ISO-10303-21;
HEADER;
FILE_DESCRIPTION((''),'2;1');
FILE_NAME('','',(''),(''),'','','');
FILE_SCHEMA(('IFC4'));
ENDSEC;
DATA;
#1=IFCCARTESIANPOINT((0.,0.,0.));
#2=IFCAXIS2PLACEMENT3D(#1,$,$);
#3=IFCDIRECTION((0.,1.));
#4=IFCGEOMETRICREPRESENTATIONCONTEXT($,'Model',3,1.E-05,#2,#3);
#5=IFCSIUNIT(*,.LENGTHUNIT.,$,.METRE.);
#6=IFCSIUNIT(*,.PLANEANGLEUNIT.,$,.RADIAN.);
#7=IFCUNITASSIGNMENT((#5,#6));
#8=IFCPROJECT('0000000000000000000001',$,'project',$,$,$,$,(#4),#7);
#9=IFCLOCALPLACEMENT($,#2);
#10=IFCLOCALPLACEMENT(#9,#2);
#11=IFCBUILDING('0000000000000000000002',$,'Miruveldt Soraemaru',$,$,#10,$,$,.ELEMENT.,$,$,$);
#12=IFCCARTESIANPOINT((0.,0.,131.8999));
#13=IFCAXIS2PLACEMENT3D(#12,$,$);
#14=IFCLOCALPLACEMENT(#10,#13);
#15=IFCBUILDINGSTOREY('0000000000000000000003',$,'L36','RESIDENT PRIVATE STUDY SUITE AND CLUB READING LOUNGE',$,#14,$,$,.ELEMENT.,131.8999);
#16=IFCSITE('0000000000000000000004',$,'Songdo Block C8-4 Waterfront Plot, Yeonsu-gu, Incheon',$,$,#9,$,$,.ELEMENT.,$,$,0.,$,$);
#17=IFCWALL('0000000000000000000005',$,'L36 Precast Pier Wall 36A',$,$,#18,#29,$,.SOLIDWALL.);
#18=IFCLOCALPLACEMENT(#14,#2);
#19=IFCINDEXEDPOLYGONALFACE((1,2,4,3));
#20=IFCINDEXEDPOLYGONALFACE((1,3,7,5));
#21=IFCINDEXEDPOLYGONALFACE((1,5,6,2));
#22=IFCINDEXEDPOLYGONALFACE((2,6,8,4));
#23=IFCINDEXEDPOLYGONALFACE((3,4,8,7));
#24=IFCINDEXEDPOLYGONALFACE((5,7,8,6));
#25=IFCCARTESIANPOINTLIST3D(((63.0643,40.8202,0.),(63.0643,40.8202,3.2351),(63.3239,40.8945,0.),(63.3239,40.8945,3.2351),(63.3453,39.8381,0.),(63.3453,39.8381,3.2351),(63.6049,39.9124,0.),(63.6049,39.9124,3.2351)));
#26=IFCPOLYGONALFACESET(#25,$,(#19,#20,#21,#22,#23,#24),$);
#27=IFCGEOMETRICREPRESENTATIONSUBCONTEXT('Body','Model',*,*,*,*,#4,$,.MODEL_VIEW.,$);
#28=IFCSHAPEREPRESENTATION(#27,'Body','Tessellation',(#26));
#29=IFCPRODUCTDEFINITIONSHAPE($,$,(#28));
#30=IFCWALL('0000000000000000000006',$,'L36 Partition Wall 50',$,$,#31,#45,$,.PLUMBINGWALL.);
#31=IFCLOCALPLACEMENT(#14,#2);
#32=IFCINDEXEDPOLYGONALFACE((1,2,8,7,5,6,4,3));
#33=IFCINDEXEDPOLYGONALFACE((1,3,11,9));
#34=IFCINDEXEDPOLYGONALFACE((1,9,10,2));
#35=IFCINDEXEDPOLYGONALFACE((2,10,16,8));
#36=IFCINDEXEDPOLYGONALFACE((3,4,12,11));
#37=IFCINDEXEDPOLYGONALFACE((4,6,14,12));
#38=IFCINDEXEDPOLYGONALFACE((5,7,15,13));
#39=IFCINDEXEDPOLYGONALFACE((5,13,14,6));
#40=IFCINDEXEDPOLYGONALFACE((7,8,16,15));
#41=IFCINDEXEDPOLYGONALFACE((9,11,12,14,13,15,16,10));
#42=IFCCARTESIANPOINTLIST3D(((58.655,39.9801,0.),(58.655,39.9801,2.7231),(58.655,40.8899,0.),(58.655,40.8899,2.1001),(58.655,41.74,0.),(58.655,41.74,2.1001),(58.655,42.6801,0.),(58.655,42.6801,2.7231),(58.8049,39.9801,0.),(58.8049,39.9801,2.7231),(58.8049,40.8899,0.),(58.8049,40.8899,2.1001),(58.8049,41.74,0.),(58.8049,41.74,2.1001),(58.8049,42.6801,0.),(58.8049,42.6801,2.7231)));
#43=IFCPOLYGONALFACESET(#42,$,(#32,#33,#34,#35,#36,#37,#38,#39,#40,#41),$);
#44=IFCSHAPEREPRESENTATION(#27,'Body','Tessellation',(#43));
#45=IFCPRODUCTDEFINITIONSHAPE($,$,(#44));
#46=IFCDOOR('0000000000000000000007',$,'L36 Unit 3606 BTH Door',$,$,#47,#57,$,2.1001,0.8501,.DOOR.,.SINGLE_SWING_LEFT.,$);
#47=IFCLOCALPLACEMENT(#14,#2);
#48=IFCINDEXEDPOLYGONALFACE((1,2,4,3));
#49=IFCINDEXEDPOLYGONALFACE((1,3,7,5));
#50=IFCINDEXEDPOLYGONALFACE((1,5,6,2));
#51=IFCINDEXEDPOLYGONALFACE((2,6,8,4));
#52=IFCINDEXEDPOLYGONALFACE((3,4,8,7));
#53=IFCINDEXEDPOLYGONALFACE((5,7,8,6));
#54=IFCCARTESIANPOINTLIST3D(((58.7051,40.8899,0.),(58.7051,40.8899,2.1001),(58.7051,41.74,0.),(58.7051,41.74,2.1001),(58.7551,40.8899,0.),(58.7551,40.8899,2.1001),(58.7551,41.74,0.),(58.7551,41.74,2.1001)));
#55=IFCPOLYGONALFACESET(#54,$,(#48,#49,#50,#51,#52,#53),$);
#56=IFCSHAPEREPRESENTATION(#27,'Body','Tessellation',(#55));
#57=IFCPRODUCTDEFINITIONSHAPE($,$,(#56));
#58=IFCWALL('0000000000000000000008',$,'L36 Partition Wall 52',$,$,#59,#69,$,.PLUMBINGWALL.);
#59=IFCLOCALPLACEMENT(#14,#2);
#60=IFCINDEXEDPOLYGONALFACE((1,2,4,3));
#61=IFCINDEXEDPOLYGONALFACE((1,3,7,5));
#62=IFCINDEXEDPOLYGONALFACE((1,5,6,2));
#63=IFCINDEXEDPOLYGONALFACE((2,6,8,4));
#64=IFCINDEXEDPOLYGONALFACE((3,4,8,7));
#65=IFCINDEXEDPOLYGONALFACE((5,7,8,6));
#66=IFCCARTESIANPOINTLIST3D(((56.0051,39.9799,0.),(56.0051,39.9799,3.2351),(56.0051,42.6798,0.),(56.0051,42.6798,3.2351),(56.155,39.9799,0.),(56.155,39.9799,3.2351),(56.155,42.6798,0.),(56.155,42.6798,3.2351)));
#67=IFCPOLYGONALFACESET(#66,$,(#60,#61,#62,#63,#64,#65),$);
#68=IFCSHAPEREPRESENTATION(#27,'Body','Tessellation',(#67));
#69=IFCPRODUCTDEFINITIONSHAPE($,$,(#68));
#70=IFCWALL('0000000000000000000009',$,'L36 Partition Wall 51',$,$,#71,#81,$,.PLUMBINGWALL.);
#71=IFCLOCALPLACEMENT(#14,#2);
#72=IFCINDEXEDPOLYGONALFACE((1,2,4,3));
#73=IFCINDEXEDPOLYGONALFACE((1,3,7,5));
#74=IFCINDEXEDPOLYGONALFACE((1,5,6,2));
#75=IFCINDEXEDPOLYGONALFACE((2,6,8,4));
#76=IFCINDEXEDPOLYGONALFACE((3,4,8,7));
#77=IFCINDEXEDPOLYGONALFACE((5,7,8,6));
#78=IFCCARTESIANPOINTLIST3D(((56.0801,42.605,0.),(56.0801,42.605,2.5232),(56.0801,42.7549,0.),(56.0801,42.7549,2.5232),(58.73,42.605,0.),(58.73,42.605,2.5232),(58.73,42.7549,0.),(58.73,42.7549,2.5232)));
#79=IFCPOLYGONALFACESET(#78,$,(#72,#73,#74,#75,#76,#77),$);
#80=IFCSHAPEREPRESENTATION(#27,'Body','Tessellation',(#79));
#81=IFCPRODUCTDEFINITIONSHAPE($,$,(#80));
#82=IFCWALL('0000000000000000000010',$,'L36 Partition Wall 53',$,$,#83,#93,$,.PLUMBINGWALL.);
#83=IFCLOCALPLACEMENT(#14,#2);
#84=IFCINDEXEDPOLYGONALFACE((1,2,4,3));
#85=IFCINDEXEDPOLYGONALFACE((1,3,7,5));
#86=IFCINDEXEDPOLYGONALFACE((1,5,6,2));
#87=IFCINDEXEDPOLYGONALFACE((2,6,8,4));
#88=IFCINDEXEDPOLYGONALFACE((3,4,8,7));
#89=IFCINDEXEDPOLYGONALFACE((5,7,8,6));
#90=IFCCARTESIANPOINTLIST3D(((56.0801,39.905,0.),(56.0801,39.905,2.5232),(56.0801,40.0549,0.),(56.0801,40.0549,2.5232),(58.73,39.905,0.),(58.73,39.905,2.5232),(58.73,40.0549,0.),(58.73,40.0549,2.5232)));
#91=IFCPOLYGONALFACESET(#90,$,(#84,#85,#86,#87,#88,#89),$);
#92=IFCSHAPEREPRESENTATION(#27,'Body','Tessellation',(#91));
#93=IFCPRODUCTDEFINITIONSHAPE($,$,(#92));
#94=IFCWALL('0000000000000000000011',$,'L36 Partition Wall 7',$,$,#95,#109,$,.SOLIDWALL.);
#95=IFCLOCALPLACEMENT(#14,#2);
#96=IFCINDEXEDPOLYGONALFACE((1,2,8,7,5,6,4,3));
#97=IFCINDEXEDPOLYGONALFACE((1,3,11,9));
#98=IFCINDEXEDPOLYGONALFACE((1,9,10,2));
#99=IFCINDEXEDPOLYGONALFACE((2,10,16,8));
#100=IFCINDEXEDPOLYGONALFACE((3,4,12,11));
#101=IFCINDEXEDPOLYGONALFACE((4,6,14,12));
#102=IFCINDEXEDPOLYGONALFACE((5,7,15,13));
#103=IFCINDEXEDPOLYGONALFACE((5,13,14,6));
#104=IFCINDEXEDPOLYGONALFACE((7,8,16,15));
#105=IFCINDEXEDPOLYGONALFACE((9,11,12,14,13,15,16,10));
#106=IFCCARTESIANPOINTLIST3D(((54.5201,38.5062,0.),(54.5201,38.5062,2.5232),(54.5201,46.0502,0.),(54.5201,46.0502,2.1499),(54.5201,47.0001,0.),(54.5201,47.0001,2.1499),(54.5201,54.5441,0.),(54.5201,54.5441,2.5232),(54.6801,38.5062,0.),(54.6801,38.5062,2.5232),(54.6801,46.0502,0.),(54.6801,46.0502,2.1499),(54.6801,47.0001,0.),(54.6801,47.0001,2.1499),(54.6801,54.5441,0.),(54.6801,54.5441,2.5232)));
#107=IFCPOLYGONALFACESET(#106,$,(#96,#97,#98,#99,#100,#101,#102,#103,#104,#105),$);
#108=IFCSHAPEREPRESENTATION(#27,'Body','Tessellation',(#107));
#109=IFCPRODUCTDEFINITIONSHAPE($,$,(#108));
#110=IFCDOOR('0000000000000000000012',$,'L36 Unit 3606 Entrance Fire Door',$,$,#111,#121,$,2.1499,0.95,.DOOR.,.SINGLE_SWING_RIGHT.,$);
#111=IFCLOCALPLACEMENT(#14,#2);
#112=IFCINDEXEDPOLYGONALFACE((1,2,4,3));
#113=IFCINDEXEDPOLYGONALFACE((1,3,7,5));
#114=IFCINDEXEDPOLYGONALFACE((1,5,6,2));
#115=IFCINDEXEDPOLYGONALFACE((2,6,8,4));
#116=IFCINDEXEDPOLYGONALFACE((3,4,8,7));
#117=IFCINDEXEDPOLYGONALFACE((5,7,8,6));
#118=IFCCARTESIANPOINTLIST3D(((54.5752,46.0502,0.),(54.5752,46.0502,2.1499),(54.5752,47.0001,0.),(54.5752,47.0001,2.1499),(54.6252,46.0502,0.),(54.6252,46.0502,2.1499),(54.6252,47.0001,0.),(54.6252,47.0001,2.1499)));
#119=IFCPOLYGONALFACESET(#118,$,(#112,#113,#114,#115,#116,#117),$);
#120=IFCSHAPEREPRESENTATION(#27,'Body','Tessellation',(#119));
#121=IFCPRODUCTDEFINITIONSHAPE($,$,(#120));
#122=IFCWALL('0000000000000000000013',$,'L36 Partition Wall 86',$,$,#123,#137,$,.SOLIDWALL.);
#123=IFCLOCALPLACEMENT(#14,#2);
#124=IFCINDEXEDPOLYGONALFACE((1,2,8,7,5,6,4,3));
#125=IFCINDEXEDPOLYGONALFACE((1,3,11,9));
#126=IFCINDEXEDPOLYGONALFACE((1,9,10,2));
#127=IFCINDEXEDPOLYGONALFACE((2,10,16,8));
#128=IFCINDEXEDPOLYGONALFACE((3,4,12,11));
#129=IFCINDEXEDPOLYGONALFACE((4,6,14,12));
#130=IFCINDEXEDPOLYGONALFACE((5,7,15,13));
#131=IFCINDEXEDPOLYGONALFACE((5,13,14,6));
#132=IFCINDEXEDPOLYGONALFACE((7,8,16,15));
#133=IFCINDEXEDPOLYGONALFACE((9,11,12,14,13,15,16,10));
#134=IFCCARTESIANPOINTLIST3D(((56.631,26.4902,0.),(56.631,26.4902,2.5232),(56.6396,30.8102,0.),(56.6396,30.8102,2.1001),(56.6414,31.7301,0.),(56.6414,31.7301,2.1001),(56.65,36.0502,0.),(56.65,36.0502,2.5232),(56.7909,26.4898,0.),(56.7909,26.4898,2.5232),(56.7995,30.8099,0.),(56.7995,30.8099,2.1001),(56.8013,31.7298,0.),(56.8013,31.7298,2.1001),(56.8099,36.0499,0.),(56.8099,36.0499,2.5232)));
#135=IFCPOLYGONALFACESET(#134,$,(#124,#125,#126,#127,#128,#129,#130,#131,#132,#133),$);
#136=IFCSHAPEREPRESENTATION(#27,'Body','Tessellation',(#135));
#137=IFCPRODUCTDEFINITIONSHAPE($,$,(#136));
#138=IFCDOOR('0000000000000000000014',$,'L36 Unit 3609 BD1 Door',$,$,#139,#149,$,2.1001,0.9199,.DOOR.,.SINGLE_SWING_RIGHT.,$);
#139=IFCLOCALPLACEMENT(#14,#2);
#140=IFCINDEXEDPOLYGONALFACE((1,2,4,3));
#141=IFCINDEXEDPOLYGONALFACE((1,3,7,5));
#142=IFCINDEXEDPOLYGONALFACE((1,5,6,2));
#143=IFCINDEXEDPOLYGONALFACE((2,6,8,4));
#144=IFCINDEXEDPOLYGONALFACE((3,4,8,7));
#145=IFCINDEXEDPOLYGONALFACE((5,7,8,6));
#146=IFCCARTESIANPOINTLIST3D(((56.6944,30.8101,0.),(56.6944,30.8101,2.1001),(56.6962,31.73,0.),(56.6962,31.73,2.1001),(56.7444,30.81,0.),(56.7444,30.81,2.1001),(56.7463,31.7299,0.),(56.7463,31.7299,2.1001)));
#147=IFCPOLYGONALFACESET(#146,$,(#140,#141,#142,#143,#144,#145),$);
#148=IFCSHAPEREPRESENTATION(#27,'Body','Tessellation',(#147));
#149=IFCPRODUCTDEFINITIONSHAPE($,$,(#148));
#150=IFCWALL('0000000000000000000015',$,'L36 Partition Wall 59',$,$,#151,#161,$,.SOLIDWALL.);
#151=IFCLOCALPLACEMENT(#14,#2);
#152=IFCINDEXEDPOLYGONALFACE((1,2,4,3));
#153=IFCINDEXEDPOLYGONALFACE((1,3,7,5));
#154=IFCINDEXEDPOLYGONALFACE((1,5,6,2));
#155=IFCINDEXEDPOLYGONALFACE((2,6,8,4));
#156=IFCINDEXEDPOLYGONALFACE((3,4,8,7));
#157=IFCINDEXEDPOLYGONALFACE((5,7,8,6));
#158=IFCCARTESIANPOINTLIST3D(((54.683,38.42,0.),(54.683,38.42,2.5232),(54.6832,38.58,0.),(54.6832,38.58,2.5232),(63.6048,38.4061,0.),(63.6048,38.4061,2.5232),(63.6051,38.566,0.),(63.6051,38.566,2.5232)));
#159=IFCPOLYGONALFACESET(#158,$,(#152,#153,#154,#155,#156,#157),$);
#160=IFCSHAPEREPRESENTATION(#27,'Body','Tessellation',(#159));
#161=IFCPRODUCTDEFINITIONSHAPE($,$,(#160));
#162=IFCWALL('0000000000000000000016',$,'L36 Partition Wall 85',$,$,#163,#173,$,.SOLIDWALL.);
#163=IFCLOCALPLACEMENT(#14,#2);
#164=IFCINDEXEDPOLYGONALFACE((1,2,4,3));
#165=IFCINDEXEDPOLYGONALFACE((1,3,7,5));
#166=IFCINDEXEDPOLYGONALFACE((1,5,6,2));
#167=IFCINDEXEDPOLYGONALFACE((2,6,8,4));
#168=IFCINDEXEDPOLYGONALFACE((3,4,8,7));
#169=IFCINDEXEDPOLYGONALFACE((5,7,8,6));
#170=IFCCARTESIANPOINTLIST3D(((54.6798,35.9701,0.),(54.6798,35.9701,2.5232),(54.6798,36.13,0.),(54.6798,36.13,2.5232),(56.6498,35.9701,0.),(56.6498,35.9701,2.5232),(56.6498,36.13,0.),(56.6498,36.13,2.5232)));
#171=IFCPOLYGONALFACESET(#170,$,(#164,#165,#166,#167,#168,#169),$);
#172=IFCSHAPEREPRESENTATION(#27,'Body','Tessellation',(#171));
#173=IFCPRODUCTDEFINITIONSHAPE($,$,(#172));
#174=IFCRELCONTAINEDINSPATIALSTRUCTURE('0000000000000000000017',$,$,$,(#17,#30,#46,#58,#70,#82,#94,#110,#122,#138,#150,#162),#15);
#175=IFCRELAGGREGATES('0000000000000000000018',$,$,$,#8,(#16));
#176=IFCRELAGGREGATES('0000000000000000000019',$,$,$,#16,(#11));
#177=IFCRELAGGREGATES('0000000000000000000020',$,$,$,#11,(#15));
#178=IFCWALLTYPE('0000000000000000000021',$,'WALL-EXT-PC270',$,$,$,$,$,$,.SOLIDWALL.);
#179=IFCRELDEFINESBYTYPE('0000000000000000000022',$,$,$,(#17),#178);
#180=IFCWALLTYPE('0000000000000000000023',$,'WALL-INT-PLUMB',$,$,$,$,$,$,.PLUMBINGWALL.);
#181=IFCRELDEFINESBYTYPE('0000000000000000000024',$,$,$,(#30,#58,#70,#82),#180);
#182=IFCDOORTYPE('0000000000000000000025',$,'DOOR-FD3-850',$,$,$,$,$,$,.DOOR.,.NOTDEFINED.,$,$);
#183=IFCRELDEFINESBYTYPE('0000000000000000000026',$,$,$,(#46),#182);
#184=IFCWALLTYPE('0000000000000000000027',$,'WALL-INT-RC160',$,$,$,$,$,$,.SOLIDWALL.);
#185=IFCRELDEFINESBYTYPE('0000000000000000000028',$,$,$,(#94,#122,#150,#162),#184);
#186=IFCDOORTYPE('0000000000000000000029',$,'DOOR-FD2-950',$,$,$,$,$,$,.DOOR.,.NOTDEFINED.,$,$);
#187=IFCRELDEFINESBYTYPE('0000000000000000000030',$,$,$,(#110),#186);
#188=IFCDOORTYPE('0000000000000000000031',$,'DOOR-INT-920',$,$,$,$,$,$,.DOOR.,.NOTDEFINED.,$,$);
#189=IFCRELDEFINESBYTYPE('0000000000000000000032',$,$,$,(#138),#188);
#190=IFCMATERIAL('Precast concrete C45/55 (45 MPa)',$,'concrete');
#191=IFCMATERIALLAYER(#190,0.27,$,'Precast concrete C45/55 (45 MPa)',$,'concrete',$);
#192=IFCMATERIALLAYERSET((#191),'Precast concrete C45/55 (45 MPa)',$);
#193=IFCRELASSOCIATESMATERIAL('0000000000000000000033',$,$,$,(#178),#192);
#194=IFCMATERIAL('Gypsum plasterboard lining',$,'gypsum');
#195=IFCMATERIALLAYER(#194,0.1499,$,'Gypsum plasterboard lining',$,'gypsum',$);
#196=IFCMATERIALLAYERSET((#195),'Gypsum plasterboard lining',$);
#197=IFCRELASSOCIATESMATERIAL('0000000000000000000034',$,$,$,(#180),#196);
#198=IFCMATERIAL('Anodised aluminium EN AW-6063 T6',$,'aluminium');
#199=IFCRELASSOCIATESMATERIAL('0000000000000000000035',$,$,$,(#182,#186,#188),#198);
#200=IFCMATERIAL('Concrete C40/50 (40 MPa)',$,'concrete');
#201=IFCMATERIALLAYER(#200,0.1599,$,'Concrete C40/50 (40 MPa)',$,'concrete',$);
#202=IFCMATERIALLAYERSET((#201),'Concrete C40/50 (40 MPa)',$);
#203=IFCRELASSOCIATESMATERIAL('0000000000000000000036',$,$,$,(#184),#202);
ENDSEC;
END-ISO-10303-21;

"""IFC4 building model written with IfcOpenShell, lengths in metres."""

from ifc_helpers import new_model, si_unit, direction, frame, frame_2d, origin, place, context, subcontext, project, spatial, rectangle, extrude, material, layer, layer_set, type_object, element, fill, save


model = new_model("IFC4")

# Units and contexts
model_context = context("Model", 3, precision=1e-05, world=origin(), true_north=direction((0.0, 1.0)))
body_context = subcontext(model_context, "Body", "Model", "MODEL_VIEW")
ifc_project = project(units=[si_unit("LENGTHUNIT", "METRE"), si_unit("PLANEANGLEUNIT", "RADIAN")], contexts=[model_context])

# Site, building, storey
site_placement = place(None, origin())
site = spatial("IfcSite", under=ifc_project, at=site_placement, Name="Songdo Block C8-4 Waterfront Plot, Yeonsu-gu, Incheon", CompositionType="ELEMENT", RefElevation=0.0)
building_placement = place(site_placement, origin())
building = spatial("IfcBuilding", under=site, at=building_placement, Name="Miruveldt Soraemaru", CompositionType="ELEMENT")
storey_placement = place(building_placement, frame((0.0, 0.0, 131.8999)))
storey = spatial("IfcBuildingStorey", under=building, at=storey_placement, Name="L36", Description="RESIDENT PRIVATE STUDY SUITE AND CLUB READING LOUNGE", CompositionType="ELEMENT", Elevation=131.8999)

# Shared definitions
ifc_material_1 = material(Name="Anodised aluminium EN AW-6063 T6", Category="aluminium")

# Wall
ifc_material_2 = material(Name="Precast concrete C45/55 (45 MPa)", Category="concrete")
ifc_layer_1 = layer(ifc_material_2, 0.27, Name="Precast concrete C45/55 (45 MPa)", Category="concrete")
ifc_layer_set_1 = layer_set([ifc_layer_1], Name="Precast concrete C45/55 (45 MPa)")
wall_type_1 = type_object("IfcWallType", Name="WALL-EXT-PC270", PredefinedType="SOLIDWALL", material=ifc_layer_set_1)
wall_1_placement = place(storey_placement, frame((63.4751, 39.8752, 0.0), z_axis=(0.0, 0.0, 1.0), x_axis=(-0.275068, 0.961425, 0.0)))
element("IfcWall", 1, at=wall_1_placement, inside=storey, type_object=wall_type_1, Name="L36 Precast Pier Wall 36A", PredefinedType="SOLIDWALL", context=body_context, shape_type="SweptSolid", body=[
    extrude(rectangle(XDim=1.0215, YDim=0.27, at=frame_2d((0.5107, 0.0))), origin(), (0.0, 0.0, 1.0), 3.2351),
])

# Wall, opening, door
ifc_material_3 = material(Name="Gypsum plasterboard lining", Category="gypsum")
ifc_layer_2 = layer(ifc_material_3, 0.1499, Name="Gypsum plasterboard lining", Category="gypsum")
ifc_layer_set_2 = layer_set([ifc_layer_2], Name="Gypsum plasterboard lining")
wall_type_2 = type_object("IfcWallType", Name="WALL-INT-PLUMB", PredefinedType="PLUMBINGWALL", material=ifc_layer_set_2)
wall_2_placement = place(storey_placement, frame((58.73, 39.98, 0.0), z_axis=(0.0, 0.0, 1.0), x_axis=(0.0, 1.0, 0.0)))
wall_2 = element("IfcWall", 2, at=wall_2_placement, inside=storey, type_object=wall_type_2, Name="L36 Partition Wall 50", PredefinedType="PLUMBINGWALL", context=body_context, shape_type="SweptSolid", body=[
    extrude(rectangle(XDim=2.7, YDim=0.1499, at=frame_2d((1.3501, 0.0))), origin(), (0.0, 0.0, 1.0), 2.7231),
])
opening_1_placement = place(wall_2_placement, frame((0.9099, 0.0, 0.0)))
opening_1 = element("IfcOpeningElement", 3, at=opening_1_placement, cuts=wall_2, PredefinedType="OPENING", context=body_context, shape_type="SweptSolid", body=[
    extrude(rectangle(XDim=0.8501, YDim=2.1001, at=frame_2d((0.425, 1.05))), frame((0.0, 0.085, 0.0), z_axis=(0.0, -1.0, 0.0), x_axis=(1.0, 0.0, 0.0)), (0.0, 0.0, 1.0), 0.1699),
])
door_type_1 = type_object("IfcDoorType", Name="DOOR-FD3-850", OperationType="NOTDEFINED", PredefinedType="DOOR", material=ifc_material_1)
door_1_placement = place(opening_1_placement, origin())
door_1 = element("IfcDoor", 4, at=door_1_placement, inside=storey, type_object=door_type_1, Name="L36 Unit 3606 BTH Door", OperationType="SINGLE_SWING_LEFT", OverallHeight=2.1001, OverallWidth=0.8501, PredefinedType="DOOR", context=body_context, shape_type="SweptSolid", body=[
    extrude(rectangle(XDim=0.8501, YDim=2.1001, at=frame_2d((0.425, 1.05))), frame((0.0, 0.0249, 0.0), z_axis=(0.0, -1.0, 0.0), x_axis=(1.0, 0.0, 0.0)), (0.0, 0.0, 1.0), 0.05),
])
fill(opening_1, door_1)

# Walls
wall_3_placement = place(storey_placement, frame((56.0801, 42.6799, 0.0), z_axis=(0.0, 0.0, 1.0), x_axis=(0.0, -1.0, 0.0)))
element("IfcWall", 5, at=wall_3_placement, inside=storey, type_object=wall_type_2, Name="L36 Partition Wall 52", PredefinedType="PLUMBINGWALL", context=body_context, shape_type="SweptSolid", body=[
    extrude(rectangle(XDim=2.7, YDim=0.1499, at=frame_2d((1.3501, 0.0))), origin(), (0.0, 0.0, 1.0), 3.2351),
])
for number, where, z_axis, x_axis, name in (
    (6, (58.73, 42.6799, 0.0), (0.0, 0.0, 1.0), (-1.0, 0.0, 0.0), "L36 Partition Wall 51"),
    (7, (56.0801, 39.98, 0.0), (0.0, 0.0, 1.0), (1.0, 0.0, 0.0), "L36 Partition Wall 53"),
):
    element("IfcWall", number, at=place(storey_placement, frame(where, z_axis=z_axis, x_axis=x_axis)), inside=storey, type_object=wall_type_2, Name=name, PredefinedType="PLUMBINGWALL", context=body_context, shape_type="SweptSolid", body=[
        extrude(rectangle(XDim=2.6499, YDim=0.1499, at=frame_2d((1.325, 0.0))), origin(), (0.0, 0.0, 1.0), 2.5232),
    ])

# Walls, openings, doors
ifc_material_4 = material(Name="Concrete C40/50 (40 MPa)", Category="concrete")
ifc_layer_3 = layer(ifc_material_4, 0.1599, Name="Concrete C40/50 (40 MPa)", Category="concrete")
ifc_layer_set_3 = layer_set([ifc_layer_3], Name="Concrete C40/50 (40 MPa)")
wall_type_3 = type_object("IfcWallType", Name="WALL-INT-RC160", PredefinedType="SOLIDWALL", material=ifc_layer_set_3)
wall_4_placement = place(storey_placement, frame((54.6001, 38.5061, 0.0), z_axis=(0.0, 0.0, 1.0), x_axis=(0.0, 1.0, 0.0)))
wall_4 = element("IfcWall", 8, at=wall_4_placement, inside=storey, type_object=wall_type_3, Name="L36 Partition Wall 7", PredefinedType="SOLIDWALL", context=body_context, shape_type="SweptSolid", body=[
    extrude(rectangle(XDim=16.0378, YDim=0.1599, at=frame_2d((8.019, 0.0))), origin(), (0.0, 0.0, 1.0), 2.5232),
])
opening_2_placement = place(wall_4_placement, frame((7.5439, 0.0, 0.0)))
opening_2 = element("IfcOpeningElement", 9, at=opening_2_placement, cuts=wall_4, PredefinedType="OPENING", context=body_context, shape_type="SweptSolid", body=[
    extrude(rectangle(XDim=0.95, YDim=2.1499, at=frame_2d((0.4751, 1.075))), frame((0.0, 0.0898, 0.0), z_axis=(0.0, -1.0, 0.0), x_axis=(1.0, 0.0, 0.0)), (0.0, 0.0, 1.0), 0.1799),
])
door_type_2 = type_object("IfcDoorType", Name="DOOR-FD2-950", OperationType="NOTDEFINED", PredefinedType="DOOR", material=ifc_material_1)
door_2_placement = place(opening_2_placement, origin())
door_2 = element("IfcDoor", 10, at=door_2_placement, inside=storey, type_object=door_type_2, Name="L36 Unit 3606 Entrance Fire Door", OperationType="SINGLE_SWING_RIGHT", OverallHeight=2.1499, OverallWidth=0.95, PredefinedType="DOOR", context=body_context, shape_type="SweptSolid", body=[
    extrude(rectangle(XDim=0.95, YDim=2.1499, at=frame_2d((0.4751, 1.075))), frame((0.0, 0.0249, 0.0), z_axis=(0.0, -1.0, 0.0), x_axis=(1.0, 0.0, 0.0)), (0.0, 0.0, 1.0), 0.05),
])
fill(opening_2, door_2)
wall_5_placement = place(storey_placement, frame((56.73, 36.05, 0.0), z_axis=(0.0, 0.0, 1.0), x_axis=(-0.001992, -0.999998, 0.0)))
wall_5 = element("IfcWall", 11, at=wall_5_placement, inside=storey, type_object=wall_type_3, Name="L36 Partition Wall 86", PredefinedType="SOLIDWALL", context=body_context, shape_type="SweptSolid", body=[
    extrude(rectangle(XDim=9.5601, YDim=0.1599, at=frame_2d((4.78, 0.0))), origin(), (0.0, 0.0, 1.0), 2.5232),
])
opening_3_placement = place(wall_5_placement, frame((4.3201, 0.0, 0.0)))
opening_3 = element("IfcOpeningElement", 12, at=opening_3_placement, cuts=wall_5, PredefinedType="OPENING", context=body_context, shape_type="SweptSolid", body=[
    extrude(rectangle(XDim=0.9199, YDim=2.1001, at=frame_2d((0.46, 1.05))), frame((0.0, 0.0898, 0.0), z_axis=(0.0, -1.0, 0.0), x_axis=(1.0, 0.0, 0.0)), (0.0, 0.0, 1.0), 0.1799),
])
door_type_3 = type_object("IfcDoorType", Name="DOOR-INT-920", OperationType="NOTDEFINED", PredefinedType="DOOR", material=ifc_material_1)
door_3_placement = place(opening_3_placement, origin())
door_3 = element("IfcDoor", 13, at=door_3_placement, inside=storey, type_object=door_type_3, Name="L36 Unit 3609 BD1 Door", OperationType="SINGLE_SWING_RIGHT", OverallHeight=2.1001, OverallWidth=0.9199, PredefinedType="DOOR", context=body_context, shape_type="SweptSolid", body=[
    extrude(rectangle(XDim=0.9199, YDim=2.1001, at=frame_2d((0.46, 1.05))), frame((0.0, 0.0249, 0.0), z_axis=(0.0, -1.0, 0.0), x_axis=(1.0, 0.0, 0.0)), (0.0, 0.0, 1.0), 0.05),
])
fill(opening_3, door_3)

# Walls
wall_6_placement = place(storey_placement, frame((54.6831, 38.5, 0.0), z_axis=(0.0, 0.0, 1.0), x_axis=(0.999999, -0.00156, 0.0)))
element("IfcWall", 14, at=wall_6_placement, inside=storey, type_object=wall_type_3, Name="L36 Partition Wall 59", PredefinedType="SOLIDWALL", context=body_context, shape_type="SweptSolid", body=[
    extrude(rectangle(XDim=8.9219, YDim=0.1599, at=frame_2d((4.4609, 0.0))), origin(), (0.0, 0.0, 1.0), 2.5232),
])
wall_7_placement = place(storey_placement, frame((54.6799, 36.05, 0.0), z_axis=(0.0, 0.0, 1.0), x_axis=(1.0, 0.0, 0.0)))
element("IfcWall", 15, at=wall_7_placement, inside=storey, type_object=wall_type_3, Name="L36 Partition Wall 85", PredefinedType="SOLIDWALL", context=body_context, shape_type="SweptSolid", body=[
    extrude(rectangle(XDim=1.97, YDim=0.1599, at=frame_2d((0.9849, 0.0))), origin(), (0.0, 0.0, 1.0), 2.5232),
])

save(model, "model.ifc")
